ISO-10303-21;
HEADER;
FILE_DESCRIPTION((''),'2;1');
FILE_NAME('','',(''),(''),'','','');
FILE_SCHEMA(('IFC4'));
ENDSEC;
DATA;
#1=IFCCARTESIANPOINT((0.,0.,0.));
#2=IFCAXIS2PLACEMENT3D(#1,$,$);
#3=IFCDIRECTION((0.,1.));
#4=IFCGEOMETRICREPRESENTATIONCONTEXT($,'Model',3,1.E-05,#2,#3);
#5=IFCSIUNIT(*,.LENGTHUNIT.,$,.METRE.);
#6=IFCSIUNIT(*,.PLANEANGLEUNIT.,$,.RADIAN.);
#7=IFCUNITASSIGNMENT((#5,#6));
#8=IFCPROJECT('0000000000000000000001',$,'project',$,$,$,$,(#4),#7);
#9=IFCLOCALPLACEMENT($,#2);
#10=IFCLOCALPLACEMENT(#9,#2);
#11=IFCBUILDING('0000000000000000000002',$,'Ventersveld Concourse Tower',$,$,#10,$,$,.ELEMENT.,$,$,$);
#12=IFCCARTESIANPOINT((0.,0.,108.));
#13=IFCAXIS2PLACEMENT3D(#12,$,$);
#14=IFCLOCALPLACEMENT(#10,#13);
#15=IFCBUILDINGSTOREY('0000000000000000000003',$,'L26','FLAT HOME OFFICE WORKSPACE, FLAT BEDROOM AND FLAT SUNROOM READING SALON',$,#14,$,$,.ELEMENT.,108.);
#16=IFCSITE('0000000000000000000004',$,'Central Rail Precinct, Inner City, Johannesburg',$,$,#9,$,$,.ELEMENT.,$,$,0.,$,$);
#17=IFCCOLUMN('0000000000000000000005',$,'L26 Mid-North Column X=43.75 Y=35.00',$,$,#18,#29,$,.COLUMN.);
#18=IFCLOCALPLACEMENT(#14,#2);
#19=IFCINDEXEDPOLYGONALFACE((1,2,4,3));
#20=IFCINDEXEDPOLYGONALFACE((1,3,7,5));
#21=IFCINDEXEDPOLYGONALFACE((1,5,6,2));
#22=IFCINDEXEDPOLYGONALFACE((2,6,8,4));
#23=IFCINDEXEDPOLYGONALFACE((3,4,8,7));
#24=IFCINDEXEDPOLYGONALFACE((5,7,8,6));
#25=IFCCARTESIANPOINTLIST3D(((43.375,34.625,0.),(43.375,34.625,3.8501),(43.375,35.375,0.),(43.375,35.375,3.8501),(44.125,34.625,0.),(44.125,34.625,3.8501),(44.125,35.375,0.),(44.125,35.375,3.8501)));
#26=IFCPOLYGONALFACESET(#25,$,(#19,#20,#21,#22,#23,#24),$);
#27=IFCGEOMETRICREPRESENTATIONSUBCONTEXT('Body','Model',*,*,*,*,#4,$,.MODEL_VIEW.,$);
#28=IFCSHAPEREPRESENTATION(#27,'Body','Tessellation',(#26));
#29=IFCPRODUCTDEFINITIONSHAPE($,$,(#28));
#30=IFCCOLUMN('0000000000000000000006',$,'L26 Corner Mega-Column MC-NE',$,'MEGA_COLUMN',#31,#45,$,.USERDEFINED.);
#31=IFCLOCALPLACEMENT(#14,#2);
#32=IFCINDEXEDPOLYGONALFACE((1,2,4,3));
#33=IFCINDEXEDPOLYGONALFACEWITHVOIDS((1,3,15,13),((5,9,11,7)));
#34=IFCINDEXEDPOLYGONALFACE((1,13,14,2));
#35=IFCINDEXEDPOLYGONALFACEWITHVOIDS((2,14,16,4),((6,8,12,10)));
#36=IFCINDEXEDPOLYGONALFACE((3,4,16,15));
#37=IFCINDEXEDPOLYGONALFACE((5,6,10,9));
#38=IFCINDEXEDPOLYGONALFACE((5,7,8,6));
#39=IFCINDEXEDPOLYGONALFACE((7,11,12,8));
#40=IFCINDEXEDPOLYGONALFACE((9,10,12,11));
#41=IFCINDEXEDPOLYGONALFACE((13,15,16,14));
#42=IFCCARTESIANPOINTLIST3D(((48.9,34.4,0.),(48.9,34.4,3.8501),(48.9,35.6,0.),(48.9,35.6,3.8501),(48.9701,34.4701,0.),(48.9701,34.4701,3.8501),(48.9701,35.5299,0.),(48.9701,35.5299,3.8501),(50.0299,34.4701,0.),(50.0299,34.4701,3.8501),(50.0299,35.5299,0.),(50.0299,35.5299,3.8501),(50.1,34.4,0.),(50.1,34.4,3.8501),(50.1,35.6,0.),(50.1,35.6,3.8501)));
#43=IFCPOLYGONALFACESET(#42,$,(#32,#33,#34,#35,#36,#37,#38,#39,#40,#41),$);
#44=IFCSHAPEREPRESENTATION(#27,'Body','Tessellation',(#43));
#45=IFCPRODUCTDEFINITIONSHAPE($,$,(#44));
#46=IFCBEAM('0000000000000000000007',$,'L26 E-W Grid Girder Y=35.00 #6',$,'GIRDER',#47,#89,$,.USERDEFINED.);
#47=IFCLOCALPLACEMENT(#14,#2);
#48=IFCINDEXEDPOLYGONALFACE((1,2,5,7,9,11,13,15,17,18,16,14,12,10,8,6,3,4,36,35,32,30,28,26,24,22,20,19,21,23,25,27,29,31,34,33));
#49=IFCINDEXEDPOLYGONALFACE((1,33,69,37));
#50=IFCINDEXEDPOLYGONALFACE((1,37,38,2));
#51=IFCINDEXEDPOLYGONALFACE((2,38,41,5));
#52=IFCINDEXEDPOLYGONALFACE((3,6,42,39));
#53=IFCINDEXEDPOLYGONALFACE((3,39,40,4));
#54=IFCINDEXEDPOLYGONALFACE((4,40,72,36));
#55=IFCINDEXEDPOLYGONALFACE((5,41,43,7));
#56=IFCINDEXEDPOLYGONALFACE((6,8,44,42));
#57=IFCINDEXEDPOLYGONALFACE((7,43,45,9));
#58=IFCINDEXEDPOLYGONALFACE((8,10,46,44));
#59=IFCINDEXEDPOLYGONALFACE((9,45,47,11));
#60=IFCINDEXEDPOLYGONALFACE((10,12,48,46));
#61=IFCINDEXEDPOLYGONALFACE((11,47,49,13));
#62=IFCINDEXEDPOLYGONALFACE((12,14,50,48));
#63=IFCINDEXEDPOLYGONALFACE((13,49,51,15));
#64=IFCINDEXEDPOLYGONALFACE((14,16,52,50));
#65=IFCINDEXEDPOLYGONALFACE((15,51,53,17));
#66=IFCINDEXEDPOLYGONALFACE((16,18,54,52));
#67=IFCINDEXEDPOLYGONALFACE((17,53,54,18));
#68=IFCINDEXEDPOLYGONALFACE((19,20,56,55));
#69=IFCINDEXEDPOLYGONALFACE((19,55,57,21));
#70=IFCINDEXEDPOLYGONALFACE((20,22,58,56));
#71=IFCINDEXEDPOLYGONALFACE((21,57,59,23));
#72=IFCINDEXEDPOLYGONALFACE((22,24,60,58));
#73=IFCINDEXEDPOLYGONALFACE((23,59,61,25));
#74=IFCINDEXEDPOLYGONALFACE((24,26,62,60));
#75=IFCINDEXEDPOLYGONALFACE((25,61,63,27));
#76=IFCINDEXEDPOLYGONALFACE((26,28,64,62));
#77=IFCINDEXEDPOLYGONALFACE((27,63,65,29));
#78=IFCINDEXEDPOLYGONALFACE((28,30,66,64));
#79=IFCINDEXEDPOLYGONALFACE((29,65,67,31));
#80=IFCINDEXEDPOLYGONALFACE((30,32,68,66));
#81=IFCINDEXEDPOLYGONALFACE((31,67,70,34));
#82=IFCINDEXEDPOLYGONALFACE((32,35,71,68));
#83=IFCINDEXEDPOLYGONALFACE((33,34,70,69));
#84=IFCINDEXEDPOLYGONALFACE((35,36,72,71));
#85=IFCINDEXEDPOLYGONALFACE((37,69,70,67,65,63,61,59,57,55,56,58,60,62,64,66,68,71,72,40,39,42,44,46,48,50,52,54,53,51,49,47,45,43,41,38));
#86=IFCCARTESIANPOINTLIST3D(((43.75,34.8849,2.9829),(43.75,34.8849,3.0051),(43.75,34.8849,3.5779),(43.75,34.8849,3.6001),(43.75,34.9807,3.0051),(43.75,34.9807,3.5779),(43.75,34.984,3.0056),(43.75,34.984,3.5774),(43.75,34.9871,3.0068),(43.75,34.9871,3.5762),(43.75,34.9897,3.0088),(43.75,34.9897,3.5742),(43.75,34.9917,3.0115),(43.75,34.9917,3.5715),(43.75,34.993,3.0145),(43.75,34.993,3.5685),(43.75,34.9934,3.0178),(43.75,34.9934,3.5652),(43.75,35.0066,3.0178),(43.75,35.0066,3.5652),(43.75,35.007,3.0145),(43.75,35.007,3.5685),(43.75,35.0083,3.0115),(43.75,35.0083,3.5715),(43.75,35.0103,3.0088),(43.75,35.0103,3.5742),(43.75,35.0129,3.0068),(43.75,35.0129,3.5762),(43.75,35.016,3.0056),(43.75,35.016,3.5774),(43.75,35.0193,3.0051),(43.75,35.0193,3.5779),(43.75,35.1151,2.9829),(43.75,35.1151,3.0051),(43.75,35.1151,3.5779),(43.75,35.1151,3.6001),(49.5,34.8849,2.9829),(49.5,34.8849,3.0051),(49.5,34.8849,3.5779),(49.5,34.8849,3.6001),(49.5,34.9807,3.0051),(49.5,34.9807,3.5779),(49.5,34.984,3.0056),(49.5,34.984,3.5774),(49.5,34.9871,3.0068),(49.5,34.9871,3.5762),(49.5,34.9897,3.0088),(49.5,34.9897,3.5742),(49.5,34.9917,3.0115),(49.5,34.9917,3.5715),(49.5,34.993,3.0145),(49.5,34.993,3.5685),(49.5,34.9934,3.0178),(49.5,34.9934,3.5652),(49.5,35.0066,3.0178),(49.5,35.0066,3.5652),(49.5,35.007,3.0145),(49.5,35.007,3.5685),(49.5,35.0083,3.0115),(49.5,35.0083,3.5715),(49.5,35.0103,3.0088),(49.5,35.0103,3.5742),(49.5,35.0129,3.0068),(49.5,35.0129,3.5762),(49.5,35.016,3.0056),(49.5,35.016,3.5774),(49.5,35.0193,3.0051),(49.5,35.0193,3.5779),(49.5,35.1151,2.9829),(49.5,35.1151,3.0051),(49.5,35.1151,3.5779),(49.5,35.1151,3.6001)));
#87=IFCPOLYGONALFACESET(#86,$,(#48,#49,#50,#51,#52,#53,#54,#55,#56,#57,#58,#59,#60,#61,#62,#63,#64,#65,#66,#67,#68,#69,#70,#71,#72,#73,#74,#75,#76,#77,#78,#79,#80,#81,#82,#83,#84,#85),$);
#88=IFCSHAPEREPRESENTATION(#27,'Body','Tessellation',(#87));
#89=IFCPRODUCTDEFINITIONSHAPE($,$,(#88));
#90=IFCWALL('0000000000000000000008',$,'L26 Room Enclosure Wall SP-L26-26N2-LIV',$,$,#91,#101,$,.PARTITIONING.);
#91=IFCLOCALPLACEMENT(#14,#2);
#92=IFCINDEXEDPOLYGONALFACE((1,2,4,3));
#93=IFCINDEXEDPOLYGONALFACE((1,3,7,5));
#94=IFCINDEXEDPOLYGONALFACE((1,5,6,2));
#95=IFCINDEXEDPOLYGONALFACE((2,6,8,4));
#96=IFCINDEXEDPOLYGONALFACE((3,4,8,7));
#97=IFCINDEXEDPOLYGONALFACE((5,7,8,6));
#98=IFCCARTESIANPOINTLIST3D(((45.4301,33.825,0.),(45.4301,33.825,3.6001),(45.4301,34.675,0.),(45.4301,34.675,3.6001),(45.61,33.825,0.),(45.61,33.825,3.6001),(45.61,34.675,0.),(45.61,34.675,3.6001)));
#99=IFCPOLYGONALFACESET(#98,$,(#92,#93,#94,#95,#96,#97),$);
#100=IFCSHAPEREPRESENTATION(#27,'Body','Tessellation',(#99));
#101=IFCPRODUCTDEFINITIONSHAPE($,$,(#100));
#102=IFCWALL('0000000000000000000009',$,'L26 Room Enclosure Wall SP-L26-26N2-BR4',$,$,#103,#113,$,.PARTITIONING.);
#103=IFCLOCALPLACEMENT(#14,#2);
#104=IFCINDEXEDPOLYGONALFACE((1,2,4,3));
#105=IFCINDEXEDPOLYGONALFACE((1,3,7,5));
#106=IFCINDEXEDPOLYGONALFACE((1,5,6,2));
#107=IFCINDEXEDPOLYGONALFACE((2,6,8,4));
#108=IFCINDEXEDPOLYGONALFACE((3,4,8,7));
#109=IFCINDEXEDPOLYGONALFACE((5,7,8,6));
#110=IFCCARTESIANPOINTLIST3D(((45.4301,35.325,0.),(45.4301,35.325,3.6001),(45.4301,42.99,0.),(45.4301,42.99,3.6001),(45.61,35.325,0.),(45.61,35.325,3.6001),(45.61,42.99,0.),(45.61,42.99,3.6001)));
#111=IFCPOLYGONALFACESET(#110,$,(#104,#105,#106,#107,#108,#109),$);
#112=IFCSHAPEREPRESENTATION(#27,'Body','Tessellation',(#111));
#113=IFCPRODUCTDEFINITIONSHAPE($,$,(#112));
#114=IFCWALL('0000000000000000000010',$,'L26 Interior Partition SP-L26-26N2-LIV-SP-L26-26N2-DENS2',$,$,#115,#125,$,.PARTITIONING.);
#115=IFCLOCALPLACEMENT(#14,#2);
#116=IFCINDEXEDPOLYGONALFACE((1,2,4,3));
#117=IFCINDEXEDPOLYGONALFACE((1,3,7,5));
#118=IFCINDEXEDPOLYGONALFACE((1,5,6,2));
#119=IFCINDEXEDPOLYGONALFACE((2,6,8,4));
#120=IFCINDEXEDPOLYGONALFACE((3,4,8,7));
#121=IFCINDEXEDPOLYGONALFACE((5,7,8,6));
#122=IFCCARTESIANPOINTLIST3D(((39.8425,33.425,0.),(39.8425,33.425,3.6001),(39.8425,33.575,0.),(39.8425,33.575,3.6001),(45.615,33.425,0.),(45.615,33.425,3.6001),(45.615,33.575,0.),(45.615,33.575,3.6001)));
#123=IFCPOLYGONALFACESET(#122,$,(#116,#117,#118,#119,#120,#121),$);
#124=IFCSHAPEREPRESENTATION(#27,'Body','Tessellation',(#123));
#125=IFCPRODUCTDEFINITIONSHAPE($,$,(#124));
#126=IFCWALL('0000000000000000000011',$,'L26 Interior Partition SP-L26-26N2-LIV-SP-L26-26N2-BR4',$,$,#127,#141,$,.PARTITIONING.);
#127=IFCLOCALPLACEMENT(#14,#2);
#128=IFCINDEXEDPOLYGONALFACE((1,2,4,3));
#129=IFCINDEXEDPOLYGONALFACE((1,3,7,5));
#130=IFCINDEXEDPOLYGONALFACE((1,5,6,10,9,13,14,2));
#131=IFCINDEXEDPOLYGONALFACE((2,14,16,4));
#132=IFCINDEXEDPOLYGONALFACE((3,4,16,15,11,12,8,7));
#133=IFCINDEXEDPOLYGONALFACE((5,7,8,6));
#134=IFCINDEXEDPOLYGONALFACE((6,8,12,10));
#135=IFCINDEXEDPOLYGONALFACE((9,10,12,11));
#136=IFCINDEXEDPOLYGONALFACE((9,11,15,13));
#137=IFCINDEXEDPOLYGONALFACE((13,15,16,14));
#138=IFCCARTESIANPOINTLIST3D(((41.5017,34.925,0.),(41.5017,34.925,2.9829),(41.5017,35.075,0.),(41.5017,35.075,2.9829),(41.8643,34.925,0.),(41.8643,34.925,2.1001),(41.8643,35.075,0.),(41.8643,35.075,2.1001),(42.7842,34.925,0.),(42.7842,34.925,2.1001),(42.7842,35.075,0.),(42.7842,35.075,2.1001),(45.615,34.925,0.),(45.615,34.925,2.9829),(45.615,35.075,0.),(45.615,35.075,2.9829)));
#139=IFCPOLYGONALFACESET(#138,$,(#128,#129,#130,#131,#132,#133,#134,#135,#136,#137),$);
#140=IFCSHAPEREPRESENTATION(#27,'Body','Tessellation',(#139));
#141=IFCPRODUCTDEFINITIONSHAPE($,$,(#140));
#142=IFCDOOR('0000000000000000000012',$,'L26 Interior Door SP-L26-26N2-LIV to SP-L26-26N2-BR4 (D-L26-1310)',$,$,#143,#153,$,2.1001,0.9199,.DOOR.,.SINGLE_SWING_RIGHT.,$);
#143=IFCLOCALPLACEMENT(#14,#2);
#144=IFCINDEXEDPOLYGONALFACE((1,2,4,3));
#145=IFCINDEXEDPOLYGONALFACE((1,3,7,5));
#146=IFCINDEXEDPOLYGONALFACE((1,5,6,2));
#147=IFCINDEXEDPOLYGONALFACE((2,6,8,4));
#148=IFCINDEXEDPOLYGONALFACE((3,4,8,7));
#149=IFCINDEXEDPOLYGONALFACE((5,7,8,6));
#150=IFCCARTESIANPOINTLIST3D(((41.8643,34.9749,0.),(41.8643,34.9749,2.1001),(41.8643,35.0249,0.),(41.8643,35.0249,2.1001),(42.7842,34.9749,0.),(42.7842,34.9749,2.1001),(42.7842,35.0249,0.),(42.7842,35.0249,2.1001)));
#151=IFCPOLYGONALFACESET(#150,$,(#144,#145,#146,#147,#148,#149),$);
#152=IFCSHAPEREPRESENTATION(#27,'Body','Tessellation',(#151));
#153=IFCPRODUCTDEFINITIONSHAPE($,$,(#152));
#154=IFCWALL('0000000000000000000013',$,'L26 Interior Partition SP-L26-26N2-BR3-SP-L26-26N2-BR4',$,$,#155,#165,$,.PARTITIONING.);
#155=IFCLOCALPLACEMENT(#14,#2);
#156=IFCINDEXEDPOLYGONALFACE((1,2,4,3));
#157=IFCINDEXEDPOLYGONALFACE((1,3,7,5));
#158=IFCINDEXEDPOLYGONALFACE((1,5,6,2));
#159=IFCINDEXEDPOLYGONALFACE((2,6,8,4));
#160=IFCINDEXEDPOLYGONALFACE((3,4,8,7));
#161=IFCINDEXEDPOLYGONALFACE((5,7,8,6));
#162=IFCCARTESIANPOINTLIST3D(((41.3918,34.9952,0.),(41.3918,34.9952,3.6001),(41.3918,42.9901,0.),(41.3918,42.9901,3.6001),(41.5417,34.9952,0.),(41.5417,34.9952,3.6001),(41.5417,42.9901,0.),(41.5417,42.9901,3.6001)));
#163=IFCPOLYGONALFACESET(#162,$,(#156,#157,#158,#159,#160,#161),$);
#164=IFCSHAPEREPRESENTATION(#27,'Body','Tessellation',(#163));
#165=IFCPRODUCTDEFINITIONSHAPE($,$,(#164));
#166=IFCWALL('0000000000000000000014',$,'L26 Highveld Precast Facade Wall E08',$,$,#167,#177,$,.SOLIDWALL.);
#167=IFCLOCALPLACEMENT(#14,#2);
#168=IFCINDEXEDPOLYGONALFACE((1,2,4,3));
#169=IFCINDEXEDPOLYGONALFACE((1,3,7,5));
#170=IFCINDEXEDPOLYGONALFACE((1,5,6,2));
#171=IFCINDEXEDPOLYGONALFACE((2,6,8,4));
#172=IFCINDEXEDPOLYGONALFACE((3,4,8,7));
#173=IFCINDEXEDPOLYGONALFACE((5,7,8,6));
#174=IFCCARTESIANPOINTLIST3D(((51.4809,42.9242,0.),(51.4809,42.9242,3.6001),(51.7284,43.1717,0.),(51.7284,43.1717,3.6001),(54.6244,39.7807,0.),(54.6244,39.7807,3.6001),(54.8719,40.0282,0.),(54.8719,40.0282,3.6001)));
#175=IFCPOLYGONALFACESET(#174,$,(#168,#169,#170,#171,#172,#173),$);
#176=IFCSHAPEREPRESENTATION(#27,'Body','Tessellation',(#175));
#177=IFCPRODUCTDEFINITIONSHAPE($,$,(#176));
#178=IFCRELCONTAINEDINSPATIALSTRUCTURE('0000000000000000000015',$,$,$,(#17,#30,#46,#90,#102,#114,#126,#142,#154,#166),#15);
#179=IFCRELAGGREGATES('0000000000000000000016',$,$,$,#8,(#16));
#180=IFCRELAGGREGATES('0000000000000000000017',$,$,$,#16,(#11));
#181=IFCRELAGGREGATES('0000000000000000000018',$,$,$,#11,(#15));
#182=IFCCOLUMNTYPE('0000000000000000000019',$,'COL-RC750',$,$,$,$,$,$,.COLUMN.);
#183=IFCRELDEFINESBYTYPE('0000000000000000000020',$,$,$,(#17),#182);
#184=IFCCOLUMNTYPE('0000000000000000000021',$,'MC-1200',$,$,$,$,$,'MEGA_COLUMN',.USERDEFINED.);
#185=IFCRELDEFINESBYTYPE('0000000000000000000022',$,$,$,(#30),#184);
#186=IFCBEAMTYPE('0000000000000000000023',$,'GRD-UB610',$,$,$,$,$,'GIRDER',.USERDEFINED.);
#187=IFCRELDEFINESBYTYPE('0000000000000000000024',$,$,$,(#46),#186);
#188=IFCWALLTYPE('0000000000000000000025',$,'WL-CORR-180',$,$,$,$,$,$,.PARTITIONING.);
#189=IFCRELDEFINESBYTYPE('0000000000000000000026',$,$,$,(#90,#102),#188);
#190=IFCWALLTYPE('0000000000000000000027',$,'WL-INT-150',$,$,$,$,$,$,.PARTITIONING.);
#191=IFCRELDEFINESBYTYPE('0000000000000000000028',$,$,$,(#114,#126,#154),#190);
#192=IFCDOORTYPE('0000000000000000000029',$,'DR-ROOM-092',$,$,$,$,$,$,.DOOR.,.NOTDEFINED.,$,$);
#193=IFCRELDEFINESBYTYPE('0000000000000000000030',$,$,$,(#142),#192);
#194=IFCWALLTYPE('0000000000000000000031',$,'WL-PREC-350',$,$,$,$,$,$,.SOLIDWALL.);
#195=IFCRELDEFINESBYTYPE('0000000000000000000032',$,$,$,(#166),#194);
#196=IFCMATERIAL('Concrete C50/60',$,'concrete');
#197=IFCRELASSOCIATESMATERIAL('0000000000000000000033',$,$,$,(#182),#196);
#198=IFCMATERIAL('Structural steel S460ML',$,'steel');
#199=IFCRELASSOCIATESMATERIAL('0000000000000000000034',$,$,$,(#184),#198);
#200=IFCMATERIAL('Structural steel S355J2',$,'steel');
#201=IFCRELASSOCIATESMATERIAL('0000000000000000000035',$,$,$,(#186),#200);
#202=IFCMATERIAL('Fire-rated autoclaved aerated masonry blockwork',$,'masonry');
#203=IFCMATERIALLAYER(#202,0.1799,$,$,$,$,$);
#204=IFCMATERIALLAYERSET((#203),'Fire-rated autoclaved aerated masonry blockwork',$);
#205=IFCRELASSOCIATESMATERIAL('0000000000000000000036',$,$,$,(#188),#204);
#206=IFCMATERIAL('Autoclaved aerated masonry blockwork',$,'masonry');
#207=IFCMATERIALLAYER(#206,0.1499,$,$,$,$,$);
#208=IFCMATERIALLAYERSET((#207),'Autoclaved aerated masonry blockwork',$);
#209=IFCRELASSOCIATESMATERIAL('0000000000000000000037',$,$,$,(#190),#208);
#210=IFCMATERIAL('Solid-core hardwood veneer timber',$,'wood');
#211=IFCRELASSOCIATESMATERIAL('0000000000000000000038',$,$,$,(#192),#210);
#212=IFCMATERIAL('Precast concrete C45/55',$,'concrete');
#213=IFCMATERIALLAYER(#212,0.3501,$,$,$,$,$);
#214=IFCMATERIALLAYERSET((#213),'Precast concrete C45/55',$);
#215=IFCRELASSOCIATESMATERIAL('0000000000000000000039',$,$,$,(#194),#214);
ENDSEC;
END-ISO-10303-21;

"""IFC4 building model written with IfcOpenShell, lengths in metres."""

from ifc_helpers import new_model, si_unit, direction, frame, frame_2d, origin, origin_2d, place, context, subcontext, project, spatial, rectangle, hollow_rectangle, i_section, extrude, material, layer, layer_set, material_profile, profile_set, type_object, element, fill, save


model = new_model("IFC4")

# Units and contexts
model_context = context("Model", 3, precision=1e-05, world=origin(), true_north=direction((0.0, 1.0)))
body_context = subcontext(model_context, "Body", "Model", "MODEL_VIEW")
ifc_project = project(units=[si_unit("LENGTHUNIT", "METRE"), si_unit("PLANEANGLEUNIT", "RADIAN")], contexts=[model_context])

# Site, building, storey
site_placement = place(None, origin())
site = spatial("IfcSite", under=ifc_project, at=site_placement, Name="Central Rail Precinct, Inner City, Johannesburg", CompositionType="ELEMENT", RefElevation=0.0)
building_placement = place(site_placement, origin())
building = spatial("IfcBuilding", under=site, at=building_placement, Name="Ventersveld Concourse Tower", CompositionType="ELEMENT")
storey_placement = place(building_placement, frame((0.0, 0.0, 108.0)))
storey = spatial("IfcBuildingStorey", under=building, at=storey_placement, Name="L26", Description="FLAT HOME OFFICE WORKSPACE, FLAT BEDROOM AND FLAT SUNROOM READING SALON", CompositionType="ELEMENT", Elevation=108.0)

# Columns
ifc_material_1 = material(Name="Concrete C50/60", Category="concrete")
ifc_material_profile_1 = material_profile(ifc_material_1, rectangle(XDim=0.75, YDim=0.75, at=origin_2d()), Name="RC 750x750")
ifc_profile_set_1 = profile_set([ifc_material_profile_1], Name="Concrete C50/60")
column_type_1 = type_object("IfcColumnType", Name="COL-RC750", PredefinedType="COLUMN", material=ifc_profile_set_1)
column_1_placement = place(storey_placement, frame((43.75, 35.0, 0.0), z_axis=(0.0, 0.0, 1.0), x_axis=(1.0, 0.0, 0.0)))
element("IfcColumn", 1, at=column_1_placement, inside=storey, type_object=column_type_1, Name="L26 Mid-North Column X=43.75 Y=35.00", PredefinedType="COLUMN", context=body_context, shape_type="SweptSolid", body=[
    extrude(rectangle(XDim=0.75, YDim=0.75, at=origin_2d()), origin(), (0.0, 0.0, 1.0), 3.8501),
])
ifc_material_2 = material(Name="Structural steel S460ML", Category="steel")
ifc_material_profile_2 = material_profile(ifc_material_2, hollow_rectangle(XDim=1.2, YDim=1.2, WallThickness=0.0701, at=origin_2d()), Name="BOX 1200x1200x70")
ifc_profile_set_2 = profile_set([ifc_material_profile_2], Name="Structural steel S460ML")
column_type_2 = type_object("IfcColumnType", Name="MC-1200", ElementType="MEGA_COLUMN", PredefinedType="USERDEFINED", material=ifc_profile_set_2)
column_2_placement = place(storey_placement, frame((49.5, 35.0, 0.0), z_axis=(0.0, 0.0, 1.0), x_axis=(1.0, 0.0, 0.0)))
element("IfcColumn", 2, at=column_2_placement, inside=storey, type_object=column_type_2, Name="L26 Corner Mega-Column MC-NE", ObjectType="MEGA_COLUMN", PredefinedType="USERDEFINED", context=body_context, shape_type="SweptSolid", body=[
    extrude(hollow_rectangle(XDim=1.2, YDim=1.2, WallThickness=0.0701, at=origin_2d()), origin(), (0.0, 0.0, 1.0), 3.8501),
])

# Beam
ifc_material_3 = material(Name="Structural steel S355J2", Category="steel")
ifc_material_profile_3 = material_profile(ifc_material_3, i_section(OverallWidth=0.2302, OverallDepth=0.6172, WebThickness=0.0132, FlangeThickness=0.0222, FilletRadius=0.0127, at=origin_2d()), Name="UB 610x229x140")
ifc_profile_set_3 = profile_set([ifc_material_profile_3], Name="Structural steel S355J2")
beam_type = type_object("IfcBeamType", Name="GRD-UB610", ElementType="GIRDER", PredefinedType="USERDEFINED", material=ifc_profile_set_3)
beam_placement = place(storey_placement, frame((43.75, 35.0, 3.2915), z_axis=(1.0, 0.0, 0.0), x_axis=(0.0, 1.0, 0.0)))
element("IfcBeam", 3, at=beam_placement, inside=storey, type_object=beam_type, Name="L26 E-W Grid Girder Y=35.00 #6", ObjectType="GIRDER", PredefinedType="USERDEFINED", context=body_context, shape_type="SweptSolid", body=[
    extrude(i_section(OverallWidth=0.2302, OverallDepth=0.6172, WebThickness=0.0132, FlangeThickness=0.0222, FilletRadius=0.0127, at=origin_2d()), origin(), (0.0, 0.0, 1.0), 5.75),
])

# Walls
ifc_material_4 = material(Name="Fire-rated autoclaved aerated masonry blockwork", Category="masonry")
ifc_layer_1 = layer(ifc_material_4, 0.1799)
ifc_layer_set_1 = layer_set([ifc_layer_1], Name="Fire-rated autoclaved aerated masonry blockwork")
wall_type_1 = type_object("IfcWallType", Name="WL-CORR-180", PredefinedType="PARTITIONING", material=ifc_layer_set_1)
wall_1_placement = place(storey_placement, frame((45.52, 34.675, 0.0), z_axis=(0.0, 0.0, 1.0), x_axis=(0.0, -1.0, 0.0)))
element("IfcWall", 4, at=wall_1_placement, inside=storey, type_object=wall_type_1, Name="L26 Room Enclosure Wall SP-L26-26N2-LIV", PredefinedType="PARTITIONING", context=body_context, shape_type="SweptSolid", body=[
    extrude(rectangle(XDim=0.8501, YDim=0.1799, at=frame_2d((0.425, 0.0))), origin(), (0.0, 0.0, 1.0), 3.6001),
])
wall_2_placement = place(storey_placement, frame((45.52, 42.99, 0.0), z_axis=(0.0, 0.0, 1.0), x_axis=(0.0, -1.0, 0.0)))
element("IfcWall", 5, at=wall_2_placement, inside=storey, type_object=wall_type_1, Name="L26 Room Enclosure Wall SP-L26-26N2-BR4", PredefinedType="PARTITIONING", context=body_context, shape_type="SweptSolid", body=[
    extrude(rectangle(XDim=7.665, YDim=0.1799, at=frame_2d((3.8325, 0.0))), origin(), (0.0, 0.0, 1.0), 3.6001),
])
ifc_material_5 = material(Name="Autoclaved aerated masonry blockwork", Category="masonry")
ifc_layer_2 = layer(ifc_material_5, 0.1499)
ifc_layer_set_2 = layer_set([ifc_layer_2], Name="Autoclaved aerated masonry blockwork")
wall_type_2 = type_object("IfcWallType", Name="WL-INT-150", PredefinedType="PARTITIONING", material=ifc_layer_set_2)
wall_3_placement = place(storey_placement, frame((39.8425, 33.5, 0.0), z_axis=(0.0, 0.0, 1.0), x_axis=(1.0, 0.0, 0.0)))
element("IfcWall", 6, at=wall_3_placement, inside=storey, type_object=wall_type_2, Name="L26 Interior Partition SP-L26-26N2-LIV-SP-L26-26N2-DENS2", PredefinedType="PARTITIONING", context=body_context, shape_type="SweptSolid", body=[
    extrude(rectangle(XDim=5.7725, YDim=0.1499, at=frame_2d((2.8862, 0.0))), origin(), (0.0, 0.0, 1.0), 3.6001),
])

# Wall, opening, door
wall_4_placement = place(storey_placement, frame((41.5017, 35.0, 0.0), z_axis=(0.0, 0.0, 1.0), x_axis=(1.0, 0.0, 0.0)))
wall_4 = element("IfcWall", 7, at=wall_4_placement, inside=storey, type_object=wall_type_2, Name="L26 Interior Partition SP-L26-26N2-LIV-SP-L26-26N2-BR4", PredefinedType="PARTITIONING", context=body_context, shape_type="SweptSolid", body=[
    extrude(rectangle(XDim=4.1133, YDim=0.1499, at=frame_2d((2.0566, 0.0))), origin(), (0.0, 0.0, 1.0), 2.9829),
])
opening_1_placement = place(wall_4_placement, frame((0.3625, 0.0, 0.0)))
opening_1 = element("IfcOpeningElement", 8, at=opening_1_placement, cuts=wall_4, PredefinedType="OPENING", context=body_context, shape_type="SweptSolid", body=[
    extrude(rectangle(XDim=0.9199, YDim=2.1001, at=frame_2d((0.46, 1.05))), frame((0.0, 0.085, 0.0), z_axis=(0.0, -1.0, 0.0), x_axis=(1.0, 0.0, 0.0)), (0.0, 0.0, 1.0), 0.1699),
])
ifc_material_6 = material(Name="Solid-core hardwood veneer timber", Category="wood")
door_type = type_object("IfcDoorType", Name="DR-ROOM-092", OperationType="NOTDEFINED", PredefinedType="DOOR", material=ifc_material_6)
door_placement = place(opening_1_placement, origin())
door = element("IfcDoor", 9, at=door_placement, inside=storey, type_object=door_type, Name="L26 Interior Door SP-L26-26N2-LIV to SP-L26-26N2-BR4 (D-L26-1310)", OperationType="SINGLE_SWING_RIGHT", OverallHeight=2.1001, OverallWidth=0.9199, PredefinedType="DOOR", context=body_context, shape_type="SweptSolid", body=[
    extrude(rectangle(XDim=0.9199, YDim=2.1001, at=frame_2d((0.46, 1.05))), frame((0.0, 0.0249, 0.0), z_axis=(0.0, -1.0, 0.0), x_axis=(1.0, 0.0, 0.0)), (0.0, 0.0, 1.0), 0.05),
])
fill(opening_1, door)

# Walls
wall_5_placement = place(storey_placement, frame((41.4668, 34.9951, 0.0), z_axis=(0.0, 0.0, 1.0), x_axis=(0.0, 1.0, 0.0)))
element("IfcWall", 10, at=wall_5_placement, inside=storey, type_object=wall_type_2, Name="L26 Interior Partition SP-L26-26N2-BR3-SP-L26-26N2-BR4", PredefinedType="PARTITIONING", context=body_context, shape_type="SweptSolid", body=[
    extrude(rectangle(XDim=7.9949, YDim=0.1499, at=frame_2d((3.9976, 0.0))), origin(), (0.0, 0.0, 1.0), 3.6001),
])
ifc_material_7 = material(Name="Precast concrete C45/55", Category="concrete")
ifc_layer_3 = layer(ifc_material_7, 0.3501)
ifc_layer_set_3 = layer_set([ifc_layer_3], Name="Precast concrete C45/55")
wall_type_3 = type_object("IfcWallType", Name="WL-PREC-350", PredefinedType="SOLIDWALL", material=ifc_layer_set_3)
wall_6_placement = place(storey_placement, frame((54.748, 39.9045, 0.0), z_axis=(0.0, 0.0, 1.0), x_axis=(-0.707107, 0.707107, 0.0)))
element("IfcWall", 11, at=wall_6_placement, inside=storey, type_object=wall_type_3, Name="L26 Highveld Precast Facade Wall E08", PredefinedType="SOLIDWALL", context=body_context, shape_type="SweptSolid", body=[
    extrude(rectangle(XDim=4.4456, YDim=0.3501, at=frame_2d((2.2227, 0.0))), origin(), (0.0, 0.0, 1.0), 3.6001),
])

save(model, "model.ifc")
